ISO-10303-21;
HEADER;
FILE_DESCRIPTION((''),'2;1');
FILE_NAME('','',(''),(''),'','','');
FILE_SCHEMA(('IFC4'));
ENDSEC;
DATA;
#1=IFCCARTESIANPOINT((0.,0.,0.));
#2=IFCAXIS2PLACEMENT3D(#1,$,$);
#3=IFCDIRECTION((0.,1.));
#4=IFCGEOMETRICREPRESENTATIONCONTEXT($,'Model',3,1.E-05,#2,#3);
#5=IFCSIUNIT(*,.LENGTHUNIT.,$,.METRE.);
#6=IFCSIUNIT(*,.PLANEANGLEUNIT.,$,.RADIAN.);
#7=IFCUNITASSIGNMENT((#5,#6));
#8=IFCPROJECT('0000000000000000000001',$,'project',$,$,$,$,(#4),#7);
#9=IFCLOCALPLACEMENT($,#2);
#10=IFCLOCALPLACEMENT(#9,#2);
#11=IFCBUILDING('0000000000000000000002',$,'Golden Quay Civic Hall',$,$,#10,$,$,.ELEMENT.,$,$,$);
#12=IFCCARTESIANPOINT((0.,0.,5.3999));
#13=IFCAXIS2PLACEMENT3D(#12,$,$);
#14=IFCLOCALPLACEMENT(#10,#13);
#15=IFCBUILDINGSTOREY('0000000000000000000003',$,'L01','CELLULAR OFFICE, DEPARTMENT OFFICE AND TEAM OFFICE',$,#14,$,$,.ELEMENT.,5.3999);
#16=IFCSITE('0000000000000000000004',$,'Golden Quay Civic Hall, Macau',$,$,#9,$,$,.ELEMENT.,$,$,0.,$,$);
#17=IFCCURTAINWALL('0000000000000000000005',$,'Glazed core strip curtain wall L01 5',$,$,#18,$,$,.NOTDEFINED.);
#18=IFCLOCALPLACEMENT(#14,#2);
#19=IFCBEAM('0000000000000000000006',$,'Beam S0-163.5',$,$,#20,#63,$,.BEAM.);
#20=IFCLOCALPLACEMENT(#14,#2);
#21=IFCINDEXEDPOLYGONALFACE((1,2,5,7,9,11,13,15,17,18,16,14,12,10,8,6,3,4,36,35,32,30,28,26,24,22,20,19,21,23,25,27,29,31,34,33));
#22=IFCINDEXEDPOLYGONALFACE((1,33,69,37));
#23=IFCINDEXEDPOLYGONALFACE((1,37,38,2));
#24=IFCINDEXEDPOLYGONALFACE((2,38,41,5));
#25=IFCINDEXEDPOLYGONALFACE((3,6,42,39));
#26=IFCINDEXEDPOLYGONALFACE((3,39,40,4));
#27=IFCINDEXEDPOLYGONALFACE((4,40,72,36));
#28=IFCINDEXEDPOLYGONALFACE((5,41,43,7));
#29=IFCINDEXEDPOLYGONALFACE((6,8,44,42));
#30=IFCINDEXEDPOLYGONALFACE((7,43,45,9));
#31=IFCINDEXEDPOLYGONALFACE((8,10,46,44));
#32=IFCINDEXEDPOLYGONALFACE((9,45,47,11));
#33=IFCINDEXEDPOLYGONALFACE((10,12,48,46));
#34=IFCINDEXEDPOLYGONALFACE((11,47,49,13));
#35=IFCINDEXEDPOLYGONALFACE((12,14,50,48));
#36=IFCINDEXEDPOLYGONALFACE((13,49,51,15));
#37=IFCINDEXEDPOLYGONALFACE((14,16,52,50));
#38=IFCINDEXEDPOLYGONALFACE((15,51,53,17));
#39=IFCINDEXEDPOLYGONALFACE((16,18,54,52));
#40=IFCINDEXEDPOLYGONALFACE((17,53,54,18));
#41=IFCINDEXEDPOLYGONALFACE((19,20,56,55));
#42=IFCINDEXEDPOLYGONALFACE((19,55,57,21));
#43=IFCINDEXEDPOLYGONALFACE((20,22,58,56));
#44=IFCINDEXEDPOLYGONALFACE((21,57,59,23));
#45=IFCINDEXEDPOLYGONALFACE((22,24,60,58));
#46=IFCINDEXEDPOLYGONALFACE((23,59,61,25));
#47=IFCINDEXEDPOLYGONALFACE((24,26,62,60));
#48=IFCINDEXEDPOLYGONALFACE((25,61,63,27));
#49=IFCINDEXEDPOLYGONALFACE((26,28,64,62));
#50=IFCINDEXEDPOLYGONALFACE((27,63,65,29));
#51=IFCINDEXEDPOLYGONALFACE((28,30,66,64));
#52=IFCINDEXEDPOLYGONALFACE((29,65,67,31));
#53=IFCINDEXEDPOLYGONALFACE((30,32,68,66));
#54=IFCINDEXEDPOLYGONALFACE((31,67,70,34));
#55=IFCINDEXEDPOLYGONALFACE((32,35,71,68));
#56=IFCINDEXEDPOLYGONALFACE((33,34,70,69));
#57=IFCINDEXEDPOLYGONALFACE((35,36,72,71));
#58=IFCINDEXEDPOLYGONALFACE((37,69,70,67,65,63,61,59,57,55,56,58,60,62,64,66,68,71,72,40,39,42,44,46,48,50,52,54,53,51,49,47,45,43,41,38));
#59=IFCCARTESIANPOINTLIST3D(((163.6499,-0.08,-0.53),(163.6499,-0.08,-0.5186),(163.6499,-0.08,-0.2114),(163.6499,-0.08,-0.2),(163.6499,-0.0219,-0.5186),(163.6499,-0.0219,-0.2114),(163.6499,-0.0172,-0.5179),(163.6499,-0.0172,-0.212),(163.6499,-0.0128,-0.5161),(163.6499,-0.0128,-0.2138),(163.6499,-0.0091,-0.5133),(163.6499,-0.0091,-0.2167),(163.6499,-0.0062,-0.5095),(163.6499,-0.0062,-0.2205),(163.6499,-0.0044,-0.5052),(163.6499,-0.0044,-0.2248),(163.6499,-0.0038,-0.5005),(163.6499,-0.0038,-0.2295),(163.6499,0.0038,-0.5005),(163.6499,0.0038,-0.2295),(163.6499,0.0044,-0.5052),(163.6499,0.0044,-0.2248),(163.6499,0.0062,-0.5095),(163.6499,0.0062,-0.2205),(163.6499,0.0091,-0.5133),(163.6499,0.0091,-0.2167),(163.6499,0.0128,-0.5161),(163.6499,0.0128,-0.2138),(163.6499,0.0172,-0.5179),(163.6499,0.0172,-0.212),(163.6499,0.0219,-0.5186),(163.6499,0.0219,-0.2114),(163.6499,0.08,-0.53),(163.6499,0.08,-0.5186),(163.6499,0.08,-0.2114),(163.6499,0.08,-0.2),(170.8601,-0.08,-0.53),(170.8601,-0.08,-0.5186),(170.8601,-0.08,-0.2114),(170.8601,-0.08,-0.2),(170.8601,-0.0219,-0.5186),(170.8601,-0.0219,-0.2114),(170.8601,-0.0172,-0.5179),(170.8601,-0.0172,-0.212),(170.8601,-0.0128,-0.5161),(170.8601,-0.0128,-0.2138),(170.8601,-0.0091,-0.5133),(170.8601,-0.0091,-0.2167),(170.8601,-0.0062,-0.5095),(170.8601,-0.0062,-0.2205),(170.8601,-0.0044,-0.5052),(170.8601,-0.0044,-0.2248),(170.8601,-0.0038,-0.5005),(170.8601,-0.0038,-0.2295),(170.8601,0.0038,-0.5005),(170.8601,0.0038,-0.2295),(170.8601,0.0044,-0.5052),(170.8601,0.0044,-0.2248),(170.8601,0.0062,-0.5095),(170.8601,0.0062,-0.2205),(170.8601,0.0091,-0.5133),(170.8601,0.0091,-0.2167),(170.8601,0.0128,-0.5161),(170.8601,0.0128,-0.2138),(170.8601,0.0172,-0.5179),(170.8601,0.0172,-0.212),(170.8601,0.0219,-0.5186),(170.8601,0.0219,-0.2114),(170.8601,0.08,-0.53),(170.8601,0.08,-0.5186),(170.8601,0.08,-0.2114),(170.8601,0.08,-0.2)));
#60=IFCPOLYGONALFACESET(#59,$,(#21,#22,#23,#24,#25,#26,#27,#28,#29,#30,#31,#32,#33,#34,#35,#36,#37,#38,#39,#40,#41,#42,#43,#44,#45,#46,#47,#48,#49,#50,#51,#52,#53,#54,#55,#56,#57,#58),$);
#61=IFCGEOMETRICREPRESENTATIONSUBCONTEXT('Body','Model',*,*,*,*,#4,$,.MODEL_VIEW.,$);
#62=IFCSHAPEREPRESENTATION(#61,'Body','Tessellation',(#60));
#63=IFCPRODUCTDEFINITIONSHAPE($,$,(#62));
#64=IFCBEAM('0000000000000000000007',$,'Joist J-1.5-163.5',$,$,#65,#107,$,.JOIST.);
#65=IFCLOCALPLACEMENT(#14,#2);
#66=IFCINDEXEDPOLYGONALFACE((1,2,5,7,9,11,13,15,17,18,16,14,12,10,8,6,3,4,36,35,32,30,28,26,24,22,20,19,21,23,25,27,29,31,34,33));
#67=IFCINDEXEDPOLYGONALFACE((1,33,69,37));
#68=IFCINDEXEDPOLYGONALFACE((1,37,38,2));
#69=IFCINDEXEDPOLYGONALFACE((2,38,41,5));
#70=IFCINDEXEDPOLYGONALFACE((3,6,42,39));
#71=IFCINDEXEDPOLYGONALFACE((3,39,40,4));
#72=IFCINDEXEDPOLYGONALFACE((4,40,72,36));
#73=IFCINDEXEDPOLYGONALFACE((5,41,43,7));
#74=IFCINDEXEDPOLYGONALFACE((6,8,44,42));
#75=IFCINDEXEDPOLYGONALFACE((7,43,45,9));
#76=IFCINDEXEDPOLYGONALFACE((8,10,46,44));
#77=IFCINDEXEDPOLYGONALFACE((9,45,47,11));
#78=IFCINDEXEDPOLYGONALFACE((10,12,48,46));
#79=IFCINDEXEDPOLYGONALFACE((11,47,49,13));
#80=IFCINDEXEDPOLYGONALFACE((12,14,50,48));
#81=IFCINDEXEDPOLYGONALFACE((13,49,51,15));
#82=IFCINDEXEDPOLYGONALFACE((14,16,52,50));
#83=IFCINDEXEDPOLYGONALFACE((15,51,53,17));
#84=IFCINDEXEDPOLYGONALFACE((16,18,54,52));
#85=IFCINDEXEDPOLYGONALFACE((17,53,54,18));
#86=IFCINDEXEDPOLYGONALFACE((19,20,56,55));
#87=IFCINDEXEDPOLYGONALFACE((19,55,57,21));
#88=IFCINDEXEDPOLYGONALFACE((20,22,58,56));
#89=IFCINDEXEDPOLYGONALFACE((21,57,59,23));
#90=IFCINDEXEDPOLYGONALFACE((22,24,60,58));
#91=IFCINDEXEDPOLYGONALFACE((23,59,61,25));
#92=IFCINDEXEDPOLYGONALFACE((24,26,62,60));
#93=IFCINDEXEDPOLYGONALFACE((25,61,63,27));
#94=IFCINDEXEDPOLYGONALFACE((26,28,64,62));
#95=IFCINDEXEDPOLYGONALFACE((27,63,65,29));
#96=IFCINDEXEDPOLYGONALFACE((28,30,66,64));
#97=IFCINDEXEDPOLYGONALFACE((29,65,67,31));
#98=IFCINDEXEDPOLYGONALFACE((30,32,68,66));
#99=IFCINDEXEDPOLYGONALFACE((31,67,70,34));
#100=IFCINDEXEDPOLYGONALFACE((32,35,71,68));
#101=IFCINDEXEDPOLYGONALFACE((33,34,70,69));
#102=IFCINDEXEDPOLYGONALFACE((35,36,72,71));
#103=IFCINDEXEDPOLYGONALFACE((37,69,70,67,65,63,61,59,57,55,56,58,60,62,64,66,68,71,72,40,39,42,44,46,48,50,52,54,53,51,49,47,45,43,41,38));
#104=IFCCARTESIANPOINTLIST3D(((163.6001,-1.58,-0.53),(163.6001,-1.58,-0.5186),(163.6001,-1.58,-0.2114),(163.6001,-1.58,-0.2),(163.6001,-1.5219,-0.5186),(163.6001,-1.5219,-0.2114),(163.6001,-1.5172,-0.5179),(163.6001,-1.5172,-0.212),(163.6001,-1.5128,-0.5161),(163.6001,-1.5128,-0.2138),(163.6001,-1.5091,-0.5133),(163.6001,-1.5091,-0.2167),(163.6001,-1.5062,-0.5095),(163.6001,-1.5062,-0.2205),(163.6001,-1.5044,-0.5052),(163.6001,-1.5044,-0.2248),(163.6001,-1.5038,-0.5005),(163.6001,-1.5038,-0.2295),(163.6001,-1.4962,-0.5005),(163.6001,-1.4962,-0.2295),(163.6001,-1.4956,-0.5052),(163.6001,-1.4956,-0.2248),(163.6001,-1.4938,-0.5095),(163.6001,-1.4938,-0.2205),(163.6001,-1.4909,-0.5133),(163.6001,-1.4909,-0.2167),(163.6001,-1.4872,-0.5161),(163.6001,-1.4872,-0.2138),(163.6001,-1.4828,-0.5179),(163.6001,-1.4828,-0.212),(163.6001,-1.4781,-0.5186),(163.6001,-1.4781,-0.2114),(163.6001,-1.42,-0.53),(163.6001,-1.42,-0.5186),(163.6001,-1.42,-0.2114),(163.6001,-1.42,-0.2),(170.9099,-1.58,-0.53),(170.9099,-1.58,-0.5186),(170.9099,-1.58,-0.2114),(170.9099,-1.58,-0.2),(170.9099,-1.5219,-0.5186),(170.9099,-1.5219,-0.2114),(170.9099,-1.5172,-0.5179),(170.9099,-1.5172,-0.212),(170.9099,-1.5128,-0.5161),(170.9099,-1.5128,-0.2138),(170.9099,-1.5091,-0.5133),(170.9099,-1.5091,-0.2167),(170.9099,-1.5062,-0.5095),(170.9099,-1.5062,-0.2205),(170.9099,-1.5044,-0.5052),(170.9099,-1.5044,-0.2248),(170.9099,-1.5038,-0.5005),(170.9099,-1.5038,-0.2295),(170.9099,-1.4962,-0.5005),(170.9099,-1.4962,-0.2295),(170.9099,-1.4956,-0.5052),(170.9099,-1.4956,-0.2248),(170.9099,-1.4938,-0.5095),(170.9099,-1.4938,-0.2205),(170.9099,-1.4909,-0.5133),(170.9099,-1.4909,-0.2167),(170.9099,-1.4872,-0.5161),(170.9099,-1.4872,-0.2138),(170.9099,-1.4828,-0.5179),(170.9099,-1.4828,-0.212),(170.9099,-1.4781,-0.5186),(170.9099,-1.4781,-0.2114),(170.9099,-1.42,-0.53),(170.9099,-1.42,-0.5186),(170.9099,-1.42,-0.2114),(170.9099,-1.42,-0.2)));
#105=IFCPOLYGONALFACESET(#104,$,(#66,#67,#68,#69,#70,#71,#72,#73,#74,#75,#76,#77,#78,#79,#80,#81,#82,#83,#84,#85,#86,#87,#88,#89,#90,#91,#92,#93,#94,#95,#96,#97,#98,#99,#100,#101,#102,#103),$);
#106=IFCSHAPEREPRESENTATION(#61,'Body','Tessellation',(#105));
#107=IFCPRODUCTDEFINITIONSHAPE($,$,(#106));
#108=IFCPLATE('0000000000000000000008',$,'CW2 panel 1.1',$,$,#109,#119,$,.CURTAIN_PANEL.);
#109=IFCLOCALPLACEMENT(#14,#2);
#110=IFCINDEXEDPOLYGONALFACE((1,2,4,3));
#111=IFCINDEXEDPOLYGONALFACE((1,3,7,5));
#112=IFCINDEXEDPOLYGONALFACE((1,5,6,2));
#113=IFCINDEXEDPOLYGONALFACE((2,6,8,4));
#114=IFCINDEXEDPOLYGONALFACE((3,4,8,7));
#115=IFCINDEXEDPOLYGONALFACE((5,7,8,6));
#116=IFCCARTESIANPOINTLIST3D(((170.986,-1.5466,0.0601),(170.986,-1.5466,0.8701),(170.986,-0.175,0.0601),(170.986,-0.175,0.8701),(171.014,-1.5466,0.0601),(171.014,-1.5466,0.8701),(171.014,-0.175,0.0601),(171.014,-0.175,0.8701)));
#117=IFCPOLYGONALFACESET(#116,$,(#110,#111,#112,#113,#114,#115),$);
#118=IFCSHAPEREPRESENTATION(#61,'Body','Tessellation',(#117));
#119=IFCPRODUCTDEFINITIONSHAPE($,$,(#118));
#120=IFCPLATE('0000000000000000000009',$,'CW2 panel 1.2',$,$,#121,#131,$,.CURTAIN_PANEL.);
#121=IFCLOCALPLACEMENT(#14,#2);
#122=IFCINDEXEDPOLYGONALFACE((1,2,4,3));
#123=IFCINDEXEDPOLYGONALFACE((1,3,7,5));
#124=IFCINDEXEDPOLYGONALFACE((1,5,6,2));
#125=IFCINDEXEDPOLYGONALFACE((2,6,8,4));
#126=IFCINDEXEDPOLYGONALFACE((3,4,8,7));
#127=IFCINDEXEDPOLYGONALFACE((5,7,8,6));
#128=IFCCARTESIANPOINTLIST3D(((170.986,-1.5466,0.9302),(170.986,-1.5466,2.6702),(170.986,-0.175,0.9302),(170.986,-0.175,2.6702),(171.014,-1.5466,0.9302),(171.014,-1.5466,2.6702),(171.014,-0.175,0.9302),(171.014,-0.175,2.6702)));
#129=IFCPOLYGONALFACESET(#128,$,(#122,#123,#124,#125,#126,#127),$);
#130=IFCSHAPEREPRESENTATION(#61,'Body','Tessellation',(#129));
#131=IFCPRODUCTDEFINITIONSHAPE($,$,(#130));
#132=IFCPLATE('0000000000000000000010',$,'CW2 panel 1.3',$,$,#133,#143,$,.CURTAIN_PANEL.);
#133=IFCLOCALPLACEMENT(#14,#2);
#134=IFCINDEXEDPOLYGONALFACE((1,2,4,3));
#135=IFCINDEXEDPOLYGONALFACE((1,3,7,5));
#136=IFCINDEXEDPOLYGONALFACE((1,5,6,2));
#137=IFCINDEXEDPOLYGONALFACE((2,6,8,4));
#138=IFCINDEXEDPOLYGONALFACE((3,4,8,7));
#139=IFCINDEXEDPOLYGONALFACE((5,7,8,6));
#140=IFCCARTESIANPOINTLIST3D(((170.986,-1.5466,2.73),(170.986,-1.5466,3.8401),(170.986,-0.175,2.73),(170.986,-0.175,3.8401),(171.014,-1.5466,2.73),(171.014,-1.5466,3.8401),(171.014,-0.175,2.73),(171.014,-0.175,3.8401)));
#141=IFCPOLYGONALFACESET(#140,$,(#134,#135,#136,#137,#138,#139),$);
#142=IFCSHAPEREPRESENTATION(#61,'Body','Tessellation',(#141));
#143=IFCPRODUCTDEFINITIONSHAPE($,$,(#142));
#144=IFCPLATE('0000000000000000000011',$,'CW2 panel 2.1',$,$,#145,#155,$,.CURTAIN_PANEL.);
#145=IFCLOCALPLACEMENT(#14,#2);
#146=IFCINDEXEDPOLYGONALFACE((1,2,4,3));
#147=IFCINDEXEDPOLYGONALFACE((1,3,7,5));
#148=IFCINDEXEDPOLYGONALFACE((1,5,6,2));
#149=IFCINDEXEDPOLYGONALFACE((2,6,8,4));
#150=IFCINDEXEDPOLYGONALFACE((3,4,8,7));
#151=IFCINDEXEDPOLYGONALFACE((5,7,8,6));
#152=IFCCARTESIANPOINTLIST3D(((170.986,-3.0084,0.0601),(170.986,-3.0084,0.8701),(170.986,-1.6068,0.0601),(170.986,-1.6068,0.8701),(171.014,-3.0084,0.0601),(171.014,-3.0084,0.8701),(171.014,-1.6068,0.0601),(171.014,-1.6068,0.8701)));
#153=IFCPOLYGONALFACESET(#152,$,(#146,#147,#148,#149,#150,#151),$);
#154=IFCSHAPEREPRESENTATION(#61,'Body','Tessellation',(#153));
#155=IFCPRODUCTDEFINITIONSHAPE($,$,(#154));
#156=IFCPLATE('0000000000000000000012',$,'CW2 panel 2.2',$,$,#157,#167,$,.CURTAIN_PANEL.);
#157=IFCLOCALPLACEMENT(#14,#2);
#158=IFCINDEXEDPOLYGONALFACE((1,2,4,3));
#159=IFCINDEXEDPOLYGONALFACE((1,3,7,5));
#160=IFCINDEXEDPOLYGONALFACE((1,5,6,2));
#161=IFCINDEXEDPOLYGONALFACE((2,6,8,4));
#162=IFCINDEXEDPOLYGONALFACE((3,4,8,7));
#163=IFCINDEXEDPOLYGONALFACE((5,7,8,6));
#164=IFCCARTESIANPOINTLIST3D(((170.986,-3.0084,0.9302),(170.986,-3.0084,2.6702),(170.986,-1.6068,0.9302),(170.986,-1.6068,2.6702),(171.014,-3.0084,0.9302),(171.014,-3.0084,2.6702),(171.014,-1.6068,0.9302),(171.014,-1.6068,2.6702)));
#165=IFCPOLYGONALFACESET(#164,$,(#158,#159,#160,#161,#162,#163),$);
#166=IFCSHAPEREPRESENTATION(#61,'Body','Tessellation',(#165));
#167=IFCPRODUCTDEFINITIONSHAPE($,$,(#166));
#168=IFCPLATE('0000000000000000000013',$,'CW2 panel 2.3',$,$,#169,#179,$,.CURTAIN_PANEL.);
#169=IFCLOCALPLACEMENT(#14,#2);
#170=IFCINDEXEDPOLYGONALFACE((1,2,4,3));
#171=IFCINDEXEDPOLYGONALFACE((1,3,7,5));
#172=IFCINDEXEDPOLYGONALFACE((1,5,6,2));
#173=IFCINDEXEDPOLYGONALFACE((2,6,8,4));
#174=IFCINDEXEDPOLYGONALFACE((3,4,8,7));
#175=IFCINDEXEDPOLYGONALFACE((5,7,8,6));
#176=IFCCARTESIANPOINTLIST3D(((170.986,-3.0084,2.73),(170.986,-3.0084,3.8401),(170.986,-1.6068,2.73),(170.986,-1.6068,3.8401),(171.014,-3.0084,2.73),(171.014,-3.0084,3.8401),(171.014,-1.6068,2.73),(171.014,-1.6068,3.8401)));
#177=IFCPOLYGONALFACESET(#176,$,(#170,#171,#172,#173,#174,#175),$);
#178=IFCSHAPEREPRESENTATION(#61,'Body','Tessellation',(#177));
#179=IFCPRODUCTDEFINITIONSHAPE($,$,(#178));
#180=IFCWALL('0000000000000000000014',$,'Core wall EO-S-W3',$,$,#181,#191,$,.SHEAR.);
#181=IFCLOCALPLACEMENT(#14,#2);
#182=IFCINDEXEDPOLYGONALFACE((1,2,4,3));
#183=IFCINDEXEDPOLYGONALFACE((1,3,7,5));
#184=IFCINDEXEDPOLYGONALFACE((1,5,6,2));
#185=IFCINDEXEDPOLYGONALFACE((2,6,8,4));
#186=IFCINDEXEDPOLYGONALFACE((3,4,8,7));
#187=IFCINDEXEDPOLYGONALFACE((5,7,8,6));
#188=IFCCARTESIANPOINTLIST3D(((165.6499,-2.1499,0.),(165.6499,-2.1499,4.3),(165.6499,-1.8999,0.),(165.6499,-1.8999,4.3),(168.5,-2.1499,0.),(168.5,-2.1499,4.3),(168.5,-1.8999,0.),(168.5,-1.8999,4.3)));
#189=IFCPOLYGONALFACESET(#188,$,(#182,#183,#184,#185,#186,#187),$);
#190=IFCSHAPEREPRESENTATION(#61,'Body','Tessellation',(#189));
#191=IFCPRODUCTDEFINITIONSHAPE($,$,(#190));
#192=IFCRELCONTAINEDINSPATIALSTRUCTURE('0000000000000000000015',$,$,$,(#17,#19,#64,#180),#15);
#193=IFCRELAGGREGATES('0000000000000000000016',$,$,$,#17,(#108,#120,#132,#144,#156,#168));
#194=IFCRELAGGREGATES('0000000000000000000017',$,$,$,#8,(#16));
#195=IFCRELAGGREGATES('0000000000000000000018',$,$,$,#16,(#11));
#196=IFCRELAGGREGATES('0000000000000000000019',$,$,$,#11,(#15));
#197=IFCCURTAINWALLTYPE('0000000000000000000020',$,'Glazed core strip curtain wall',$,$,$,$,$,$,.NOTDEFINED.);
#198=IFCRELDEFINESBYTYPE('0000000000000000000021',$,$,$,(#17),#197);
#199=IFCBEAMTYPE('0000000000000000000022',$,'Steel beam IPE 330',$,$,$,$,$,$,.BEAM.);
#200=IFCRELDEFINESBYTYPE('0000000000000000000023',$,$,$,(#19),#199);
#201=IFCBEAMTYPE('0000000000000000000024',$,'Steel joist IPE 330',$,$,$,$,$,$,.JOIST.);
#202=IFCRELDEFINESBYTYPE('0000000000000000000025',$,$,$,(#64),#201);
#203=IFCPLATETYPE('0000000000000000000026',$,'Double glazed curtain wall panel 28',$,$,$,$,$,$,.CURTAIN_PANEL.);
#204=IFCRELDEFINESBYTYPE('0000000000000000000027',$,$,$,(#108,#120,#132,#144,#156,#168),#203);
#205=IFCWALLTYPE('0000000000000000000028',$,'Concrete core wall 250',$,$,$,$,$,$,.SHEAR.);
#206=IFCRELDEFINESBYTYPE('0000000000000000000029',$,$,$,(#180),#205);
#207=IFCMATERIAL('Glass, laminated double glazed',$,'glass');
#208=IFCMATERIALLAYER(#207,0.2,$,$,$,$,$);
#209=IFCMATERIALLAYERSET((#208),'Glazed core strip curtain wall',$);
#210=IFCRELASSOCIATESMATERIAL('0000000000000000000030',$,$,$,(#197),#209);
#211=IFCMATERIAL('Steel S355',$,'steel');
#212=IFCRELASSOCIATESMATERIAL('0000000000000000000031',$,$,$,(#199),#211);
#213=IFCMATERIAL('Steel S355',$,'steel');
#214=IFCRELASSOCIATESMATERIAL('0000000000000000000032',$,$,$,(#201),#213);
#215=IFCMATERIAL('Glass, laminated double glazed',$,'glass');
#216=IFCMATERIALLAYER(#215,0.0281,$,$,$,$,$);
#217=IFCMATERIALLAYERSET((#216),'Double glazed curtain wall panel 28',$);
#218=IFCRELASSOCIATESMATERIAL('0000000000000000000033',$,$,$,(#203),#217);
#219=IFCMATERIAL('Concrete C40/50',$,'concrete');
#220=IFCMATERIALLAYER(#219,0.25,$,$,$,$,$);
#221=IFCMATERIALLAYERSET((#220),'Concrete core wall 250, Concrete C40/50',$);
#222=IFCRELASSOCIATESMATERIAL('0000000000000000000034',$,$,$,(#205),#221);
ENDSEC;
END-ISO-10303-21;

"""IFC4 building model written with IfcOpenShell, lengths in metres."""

from ifc_helpers import new_model, si_unit, direction, frame, frame_2d, origin, origin_2d, place, context, subcontext, project, spatial, rectangle, i_section, extrude, material, layer, layer_set, material_profile, profile_set, type_object, element, aggregate, save


model = new_model("IFC4")

# Units and contexts
model_context = context("Model", 3, precision=1e-05, world=origin(), true_north=direction((0.0, 1.0)))
body_context = subcontext(model_context, "Body", "Model", "MODEL_VIEW")
ifc_project = project(units=[si_unit("LENGTHUNIT", "METRE"), si_unit("PLANEANGLEUNIT", "RADIAN")], contexts=[model_context])

# Site, building, storey
site_placement = place(None, origin())
site = spatial("IfcSite", under=ifc_project, at=site_placement, Name="Golden Quay Civic Hall, Macau", CompositionType="ELEMENT", RefElevation=0.0)
building_placement = place(site_placement, origin())
building = spatial("IfcBuilding", under=site, at=building_placement, Name="Golden Quay Civic Hall", CompositionType="ELEMENT")
storey_placement = place(building_placement, frame((0.0, 0.0, 5.3999)))
storey = spatial("IfcBuildingStorey", under=building, at=storey_placement, Name="L01", Description="CELLULAR OFFICE, DEPARTMENT OFFICE AND TEAM OFFICE", CompositionType="ELEMENT", Elevation=5.3999)

# Curtain wall
ifc_material_1 = material(Name="Glass, laminated double glazed", Category="glass")
ifc_layer_1 = layer(ifc_material_1, 0.2)
ifc_layer_set_1 = layer_set([ifc_layer_1], Name="Glazed core strip curtain wall")
curtain_wall_type = type_object("IfcCurtainWallType", Name="Glazed core strip curtain wall", PredefinedType="NOTDEFINED", material=ifc_layer_set_1)
curtain_wall_placement = place(storey_placement, origin())
curtain_wall = element("IfcCurtainWall", 1, at=curtain_wall_placement, inside=storey, type_object=curtain_wall_type, Name="Glazed core strip curtain wall L01 5", PredefinedType="NOTDEFINED")

# Beams
ifc_material_2 = material(Name="Steel S355", Category="steel")
ifc_material_profile_1 = material_profile(ifc_material_2, i_section(OverallWidth=0.1599, OverallDepth=0.3301, WebThickness=0.0076, FlangeThickness=0.0115, FilletRadius=0.0181, at=origin_2d()), Name="IPE 330")
ifc_profile_set_1 = profile_set([ifc_material_profile_1], Name="Steel S355")
beam_type_1 = type_object("IfcBeamType", Name="Steel beam IPE 330", PredefinedType="BEAM", material=ifc_profile_set_1)
beam_1_placement = place(storey_placement, frame((163.6499, 0.0, -0.365), z_axis=(1.0, 0.0, 0.0), x_axis=(0.0, 1.0, 0.0)))
element("IfcBeam", 2, at=beam_1_placement, inside=storey, type_object=beam_type_1, Name="Beam S0-163.5", PredefinedType="BEAM", context=body_context, shape_type="SweptSolid", body=[
    extrude(i_section(OverallWidth=0.1599, OverallDepth=0.3301, WebThickness=0.0076, FlangeThickness=0.0115, FilletRadius=0.0181, at=origin_2d()), origin(), (0.0, 0.0, 1.0), 7.2102),
])
ifc_material_3 = material(Name="Steel S355", Category="steel")
ifc_material_profile_2 = material_profile(ifc_material_3, i_section(OverallWidth=0.1599, OverallDepth=0.3301, WebThickness=0.0076, FlangeThickness=0.0115, FilletRadius=0.0181, at=origin_2d()), Name="IPE 330")
ifc_profile_set_2 = profile_set([ifc_material_profile_2], Name="Steel S355")
beam_type_2 = type_object("IfcBeamType", Name="Steel joist IPE 330", PredefinedType="JOIST", material=ifc_profile_set_2)
beam_2_placement = place(storey_placement, frame((163.6001, -1.5, -0.365), z_axis=(1.0, 0.0, 0.0), x_axis=(0.0, 1.0, 0.0)))
element("IfcBeam", 3, at=beam_2_placement, inside=storey, type_object=beam_type_2, Name="Joist J-1.5-163.5", PredefinedType="JOIST", context=body_context, shape_type="SweptSolid", body=[
    extrude(i_section(OverallWidth=0.1599, OverallDepth=0.3301, WebThickness=0.0076, FlangeThickness=0.0115, FilletRadius=0.0181, at=origin_2d()), origin(), (0.0, 0.0, 1.0), 7.3098),
])

# Plates
ifc_material_4 = material(Name="Glass, laminated double glazed", Category="glass")
ifc_layer_2 = layer(ifc_material_4, 0.0281)
ifc_layer_set_2 = layer_set([ifc_layer_2], Name="Double glazed curtain wall panel 28")
plate_type = type_object("IfcPlateType", Name="Double glazed curtain wall panel 28", PredefinedType="CURTAIN_PANEL", material=ifc_layer_set_2)
plate_1_placement = place(storey_placement, frame((171.0, -0.8608, 0.0601), z_axis=(0.0, 0.0, 1.0), x_axis=(0.0, -1.0, 0.0)))
plate_1 = element("IfcPlate", 4, at=plate_1_placement, type_object=plate_type, Name="CW2 panel 1.1", PredefinedType="CURTAIN_PANEL", context=body_context, shape_type="SweptSolid", body=[
    extrude(rectangle(XDim=1.3716, YDim=0.0281, at=origin_2d()), origin(), (0.0, 0.0, 1.0), 0.8101),
])
plate_2_placement = place(storey_placement, frame((171.0, -0.8608, 0.9302), z_axis=(0.0, 0.0, 1.0), x_axis=(0.0, -1.0, 0.0)))
plate_2 = element("IfcPlate", 5, at=plate_2_placement, type_object=plate_type, Name="CW2 panel 1.2", PredefinedType="CURTAIN_PANEL", context=body_context, shape_type="SweptSolid", body=[
    extrude(rectangle(XDim=1.3716, YDim=0.0281, at=origin_2d()), origin(), (0.0, 0.0, 1.0), 1.74),
])
plate_3_placement = place(storey_placement, frame((171.0, -0.8608, 2.73), z_axis=(0.0, 0.0, 1.0), x_axis=(0.0, -1.0, 0.0)))
plate_3 = element("IfcPlate", 6, at=plate_3_placement, type_object=plate_type, Name="CW2 panel 1.3", PredefinedType="CURTAIN_PANEL", context=body_context, shape_type="SweptSolid", body=[
    extrude(rectangle(XDim=1.3716, YDim=0.0281, at=origin_2d()), origin(), (0.0, 0.0, 1.0), 1.1101),
])
plate_4_placement = place(storey_placement, frame((171.0, -2.3076, 0.0601), z_axis=(0.0, 0.0, 1.0), x_axis=(0.0, -1.0, 0.0)))
plate_4 = element("IfcPlate", 7, at=plate_4_placement, type_object=plate_type, Name="CW2 panel 2.1", PredefinedType="CURTAIN_PANEL", context=body_context, shape_type="SweptSolid", body=[
    extrude(rectangle(XDim=1.4016, YDim=0.0281, at=origin_2d()), origin(), (0.0, 0.0, 1.0), 0.8101),
])
plate_5_placement = place(storey_placement, frame((171.0, -2.3076, 0.9302), z_axis=(0.0, 0.0, 1.0), x_axis=(0.0, -1.0, 0.0)))
plate_5 = element("IfcPlate", 8, at=plate_5_placement, type_object=plate_type, Name="CW2 panel 2.2", PredefinedType="CURTAIN_PANEL", context=body_context, shape_type="SweptSolid", body=[
    extrude(rectangle(XDim=1.4016, YDim=0.0281, at=origin_2d()), origin(), (0.0, 0.0, 1.0), 1.74),
])
plate_6_placement = place(storey_placement, frame((171.0, -2.3076, 2.73), z_axis=(0.0, 0.0, 1.0), x_axis=(0.0, -1.0, 0.0)))
plate_6 = element("IfcPlate", 9, at=plate_6_placement, type_object=plate_type, Name="CW2 panel 2.3", PredefinedType="CURTAIN_PANEL", context=body_context, shape_type="SweptSolid", body=[
    extrude(rectangle(XDim=1.4016, YDim=0.0281, at=origin_2d()), origin(), (0.0, 0.0, 1.0), 1.1101),
])
aggregate(curtain_wall, [plate_1, plate_2, plate_3, plate_4, plate_5, plate_6])

# Wall
ifc_material_5 = material(Name="Concrete C40/50", Category="concrete")
ifc_layer_3 = layer(ifc_material_5, 0.25)
ifc_layer_set_3 = layer_set([ifc_layer_3], Name="Concrete core wall 250, Concrete C40/50")
wall_type_1 = type_object("IfcWallType", Name="Concrete core wall 250", PredefinedType="SHEAR", material=ifc_layer_set_3)
wall_1_placement = place(storey_placement, frame((165.6499, -2.0249, 0.0), z_axis=(0.0, 0.0, 1.0), x_axis=(1.0, 0.0, 0.0)))
element("IfcWall", 10, at=wall_1_placement, inside=storey, type_object=wall_type_1, Name="Core wall EO-S-W3", PredefinedType="SHEAR", context=body_context, shape_type="SweptSolid", body=[
    extrude(rectangle(XDim=2.8501, YDim=0.25, at=frame_2d((1.425, 0.0))), origin(), (0.0, 0.0, 1.0), 4.3),
])

save(model, "model.ifc")
